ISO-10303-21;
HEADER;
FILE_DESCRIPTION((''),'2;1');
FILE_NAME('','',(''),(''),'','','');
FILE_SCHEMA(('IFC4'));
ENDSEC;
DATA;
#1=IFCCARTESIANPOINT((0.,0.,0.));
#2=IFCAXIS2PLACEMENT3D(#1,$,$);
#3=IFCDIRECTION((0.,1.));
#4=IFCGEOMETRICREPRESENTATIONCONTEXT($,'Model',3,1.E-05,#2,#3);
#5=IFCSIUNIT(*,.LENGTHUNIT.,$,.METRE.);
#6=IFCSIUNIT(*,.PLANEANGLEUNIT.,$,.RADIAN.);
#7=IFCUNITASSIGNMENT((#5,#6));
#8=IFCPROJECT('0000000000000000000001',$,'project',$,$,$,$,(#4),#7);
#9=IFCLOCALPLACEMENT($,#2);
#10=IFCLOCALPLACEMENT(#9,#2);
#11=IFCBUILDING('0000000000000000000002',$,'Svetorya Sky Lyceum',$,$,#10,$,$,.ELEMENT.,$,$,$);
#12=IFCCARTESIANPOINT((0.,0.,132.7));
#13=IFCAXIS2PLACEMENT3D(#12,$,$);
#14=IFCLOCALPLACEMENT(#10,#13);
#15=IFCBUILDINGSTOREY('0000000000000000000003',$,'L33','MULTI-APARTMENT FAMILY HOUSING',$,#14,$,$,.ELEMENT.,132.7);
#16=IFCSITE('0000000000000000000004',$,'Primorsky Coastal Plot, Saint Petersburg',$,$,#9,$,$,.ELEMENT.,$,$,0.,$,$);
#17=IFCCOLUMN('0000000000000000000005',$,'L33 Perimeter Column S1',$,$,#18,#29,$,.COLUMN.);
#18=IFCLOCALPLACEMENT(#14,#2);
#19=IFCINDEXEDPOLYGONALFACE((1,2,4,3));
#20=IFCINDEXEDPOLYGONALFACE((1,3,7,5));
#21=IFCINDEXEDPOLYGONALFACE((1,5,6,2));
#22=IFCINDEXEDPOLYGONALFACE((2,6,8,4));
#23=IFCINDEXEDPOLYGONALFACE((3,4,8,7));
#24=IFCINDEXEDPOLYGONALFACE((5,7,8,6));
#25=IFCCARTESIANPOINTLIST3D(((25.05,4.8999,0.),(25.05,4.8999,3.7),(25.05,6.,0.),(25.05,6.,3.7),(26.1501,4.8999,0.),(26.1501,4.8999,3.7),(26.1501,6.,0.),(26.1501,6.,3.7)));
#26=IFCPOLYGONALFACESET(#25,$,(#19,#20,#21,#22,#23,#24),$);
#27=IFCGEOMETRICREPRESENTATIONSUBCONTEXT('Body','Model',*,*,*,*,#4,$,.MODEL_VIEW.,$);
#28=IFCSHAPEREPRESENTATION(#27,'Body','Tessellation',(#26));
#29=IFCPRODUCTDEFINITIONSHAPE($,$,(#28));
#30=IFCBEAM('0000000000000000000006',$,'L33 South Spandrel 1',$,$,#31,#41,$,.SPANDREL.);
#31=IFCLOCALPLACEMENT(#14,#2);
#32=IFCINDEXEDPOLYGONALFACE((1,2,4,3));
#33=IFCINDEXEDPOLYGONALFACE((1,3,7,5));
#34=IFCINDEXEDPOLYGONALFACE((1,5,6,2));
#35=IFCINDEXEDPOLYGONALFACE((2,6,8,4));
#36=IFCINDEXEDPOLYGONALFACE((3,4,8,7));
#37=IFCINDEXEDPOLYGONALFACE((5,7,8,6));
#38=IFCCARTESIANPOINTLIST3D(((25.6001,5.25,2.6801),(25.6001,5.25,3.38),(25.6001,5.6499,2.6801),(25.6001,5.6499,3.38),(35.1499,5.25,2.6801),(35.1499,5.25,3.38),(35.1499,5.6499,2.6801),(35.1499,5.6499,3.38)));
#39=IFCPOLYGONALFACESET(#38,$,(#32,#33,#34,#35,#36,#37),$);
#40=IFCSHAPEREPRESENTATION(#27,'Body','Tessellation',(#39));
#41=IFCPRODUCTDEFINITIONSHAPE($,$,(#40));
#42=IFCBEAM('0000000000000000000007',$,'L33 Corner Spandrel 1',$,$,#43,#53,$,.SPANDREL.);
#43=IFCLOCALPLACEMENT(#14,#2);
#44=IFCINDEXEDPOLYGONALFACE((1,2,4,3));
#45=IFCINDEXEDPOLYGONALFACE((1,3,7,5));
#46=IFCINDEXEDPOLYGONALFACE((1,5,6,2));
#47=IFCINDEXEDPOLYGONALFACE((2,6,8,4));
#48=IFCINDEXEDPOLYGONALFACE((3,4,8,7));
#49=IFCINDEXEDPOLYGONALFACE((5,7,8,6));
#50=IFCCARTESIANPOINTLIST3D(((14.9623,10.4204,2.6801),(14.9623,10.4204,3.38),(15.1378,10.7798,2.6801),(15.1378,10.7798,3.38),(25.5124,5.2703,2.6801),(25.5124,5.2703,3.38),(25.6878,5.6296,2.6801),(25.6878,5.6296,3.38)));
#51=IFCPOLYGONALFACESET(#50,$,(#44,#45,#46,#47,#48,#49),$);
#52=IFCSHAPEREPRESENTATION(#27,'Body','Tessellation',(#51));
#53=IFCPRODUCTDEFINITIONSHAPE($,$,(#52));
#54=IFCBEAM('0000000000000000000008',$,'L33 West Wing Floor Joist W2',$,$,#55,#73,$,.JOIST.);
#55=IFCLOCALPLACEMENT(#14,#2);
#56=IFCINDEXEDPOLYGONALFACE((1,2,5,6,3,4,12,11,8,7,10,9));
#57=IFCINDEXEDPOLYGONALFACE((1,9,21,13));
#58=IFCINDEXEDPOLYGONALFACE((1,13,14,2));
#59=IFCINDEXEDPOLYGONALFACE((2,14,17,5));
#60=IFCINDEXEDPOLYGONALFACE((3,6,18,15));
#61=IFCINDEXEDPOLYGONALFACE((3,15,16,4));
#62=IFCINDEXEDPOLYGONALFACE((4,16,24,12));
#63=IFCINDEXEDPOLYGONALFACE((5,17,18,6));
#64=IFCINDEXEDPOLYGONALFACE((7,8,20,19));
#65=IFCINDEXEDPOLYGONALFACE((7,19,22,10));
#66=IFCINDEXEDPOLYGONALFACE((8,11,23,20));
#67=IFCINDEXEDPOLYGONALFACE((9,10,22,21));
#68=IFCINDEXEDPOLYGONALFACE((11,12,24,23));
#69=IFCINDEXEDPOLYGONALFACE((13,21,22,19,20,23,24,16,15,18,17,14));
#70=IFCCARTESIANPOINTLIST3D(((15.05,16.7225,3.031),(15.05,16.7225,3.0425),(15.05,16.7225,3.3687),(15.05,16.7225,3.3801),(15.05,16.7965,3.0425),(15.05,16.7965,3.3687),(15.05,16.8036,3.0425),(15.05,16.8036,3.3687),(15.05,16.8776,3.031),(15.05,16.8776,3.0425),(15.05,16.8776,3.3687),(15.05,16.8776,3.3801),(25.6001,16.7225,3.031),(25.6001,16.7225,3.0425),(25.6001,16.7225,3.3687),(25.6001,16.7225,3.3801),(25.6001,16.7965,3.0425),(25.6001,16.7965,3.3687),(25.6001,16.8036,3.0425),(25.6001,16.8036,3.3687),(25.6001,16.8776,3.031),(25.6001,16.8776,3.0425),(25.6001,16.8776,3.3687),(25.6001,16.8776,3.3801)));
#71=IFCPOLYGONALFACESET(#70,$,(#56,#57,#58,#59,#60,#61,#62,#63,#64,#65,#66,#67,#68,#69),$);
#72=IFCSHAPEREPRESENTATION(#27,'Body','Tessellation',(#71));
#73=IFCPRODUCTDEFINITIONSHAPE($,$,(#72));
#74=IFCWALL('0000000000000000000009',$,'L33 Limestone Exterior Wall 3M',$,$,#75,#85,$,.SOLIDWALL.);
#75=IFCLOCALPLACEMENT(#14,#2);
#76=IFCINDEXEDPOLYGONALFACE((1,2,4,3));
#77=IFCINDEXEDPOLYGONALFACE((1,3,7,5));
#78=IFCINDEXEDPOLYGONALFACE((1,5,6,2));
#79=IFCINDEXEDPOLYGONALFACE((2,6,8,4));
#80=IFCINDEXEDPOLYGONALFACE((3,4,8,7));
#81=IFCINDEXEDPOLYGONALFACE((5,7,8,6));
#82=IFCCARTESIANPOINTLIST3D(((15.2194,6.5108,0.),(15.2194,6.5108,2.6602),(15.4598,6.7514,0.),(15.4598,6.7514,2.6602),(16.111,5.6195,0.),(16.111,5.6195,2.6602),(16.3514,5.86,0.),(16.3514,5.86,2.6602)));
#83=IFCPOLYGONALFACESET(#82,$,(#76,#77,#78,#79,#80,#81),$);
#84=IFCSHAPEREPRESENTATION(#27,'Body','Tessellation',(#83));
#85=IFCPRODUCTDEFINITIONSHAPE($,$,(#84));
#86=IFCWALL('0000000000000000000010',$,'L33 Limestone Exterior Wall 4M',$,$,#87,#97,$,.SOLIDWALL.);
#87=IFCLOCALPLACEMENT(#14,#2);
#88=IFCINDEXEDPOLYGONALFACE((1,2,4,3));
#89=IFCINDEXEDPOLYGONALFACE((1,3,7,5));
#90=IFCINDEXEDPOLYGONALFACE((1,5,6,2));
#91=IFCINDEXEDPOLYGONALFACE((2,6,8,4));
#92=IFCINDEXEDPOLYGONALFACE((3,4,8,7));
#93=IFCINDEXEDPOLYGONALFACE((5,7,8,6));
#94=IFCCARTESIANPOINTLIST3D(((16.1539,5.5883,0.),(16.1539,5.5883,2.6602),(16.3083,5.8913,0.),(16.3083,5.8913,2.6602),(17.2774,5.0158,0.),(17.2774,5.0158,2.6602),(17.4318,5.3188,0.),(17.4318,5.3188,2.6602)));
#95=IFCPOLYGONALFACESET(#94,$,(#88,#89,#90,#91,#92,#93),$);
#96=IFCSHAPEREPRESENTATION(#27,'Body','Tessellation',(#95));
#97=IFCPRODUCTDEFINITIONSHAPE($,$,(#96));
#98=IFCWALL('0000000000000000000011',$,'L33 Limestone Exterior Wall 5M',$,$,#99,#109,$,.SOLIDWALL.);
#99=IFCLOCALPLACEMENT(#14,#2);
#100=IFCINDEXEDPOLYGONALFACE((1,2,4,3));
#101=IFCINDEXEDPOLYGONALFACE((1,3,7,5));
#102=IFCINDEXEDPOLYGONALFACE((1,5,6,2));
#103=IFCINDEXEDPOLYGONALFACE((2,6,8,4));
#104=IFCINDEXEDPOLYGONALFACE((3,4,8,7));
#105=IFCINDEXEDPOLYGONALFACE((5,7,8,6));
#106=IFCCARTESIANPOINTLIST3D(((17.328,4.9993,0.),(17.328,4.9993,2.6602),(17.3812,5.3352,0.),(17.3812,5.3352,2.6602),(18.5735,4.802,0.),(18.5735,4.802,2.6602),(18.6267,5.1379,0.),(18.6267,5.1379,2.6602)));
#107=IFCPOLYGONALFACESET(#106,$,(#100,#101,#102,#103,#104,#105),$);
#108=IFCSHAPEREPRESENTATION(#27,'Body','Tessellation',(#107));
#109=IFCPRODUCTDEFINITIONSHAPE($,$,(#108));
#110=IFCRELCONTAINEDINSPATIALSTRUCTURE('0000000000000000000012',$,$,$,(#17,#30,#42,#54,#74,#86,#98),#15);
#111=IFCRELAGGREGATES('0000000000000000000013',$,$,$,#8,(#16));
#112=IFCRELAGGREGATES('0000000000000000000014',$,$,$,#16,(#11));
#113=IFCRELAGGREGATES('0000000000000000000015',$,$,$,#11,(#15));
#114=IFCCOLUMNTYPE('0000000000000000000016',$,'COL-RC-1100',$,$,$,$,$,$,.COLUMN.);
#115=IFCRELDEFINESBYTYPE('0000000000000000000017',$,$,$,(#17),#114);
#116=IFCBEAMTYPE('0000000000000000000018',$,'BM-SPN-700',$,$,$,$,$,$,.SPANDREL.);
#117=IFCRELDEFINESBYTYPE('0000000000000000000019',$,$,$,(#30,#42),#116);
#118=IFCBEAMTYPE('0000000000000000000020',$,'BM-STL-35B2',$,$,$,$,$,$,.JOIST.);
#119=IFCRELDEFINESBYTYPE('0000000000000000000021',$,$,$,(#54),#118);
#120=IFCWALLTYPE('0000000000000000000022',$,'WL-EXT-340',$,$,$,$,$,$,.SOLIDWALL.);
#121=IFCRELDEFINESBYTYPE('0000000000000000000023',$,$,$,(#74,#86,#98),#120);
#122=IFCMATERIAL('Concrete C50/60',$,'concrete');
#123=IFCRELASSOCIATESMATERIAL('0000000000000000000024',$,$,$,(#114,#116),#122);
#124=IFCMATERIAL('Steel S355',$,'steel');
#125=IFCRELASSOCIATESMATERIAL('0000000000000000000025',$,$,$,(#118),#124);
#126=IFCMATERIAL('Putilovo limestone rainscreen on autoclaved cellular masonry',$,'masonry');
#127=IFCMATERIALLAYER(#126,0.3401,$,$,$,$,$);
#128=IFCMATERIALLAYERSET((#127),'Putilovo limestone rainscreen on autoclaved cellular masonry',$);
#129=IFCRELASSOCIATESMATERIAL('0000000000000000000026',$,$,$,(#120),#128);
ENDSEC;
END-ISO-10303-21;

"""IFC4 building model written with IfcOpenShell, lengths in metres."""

from ifc_helpers import new_model, si_unit, direction, frame, frame_2d, origin, origin_2d, place, context, subcontext, project, spatial, rectangle, i_section, extrude, material, layer, layer_set, material_profile, profile_set, type_object, element, save


model = new_model("IFC4")

# Units and contexts
model_context = context("Model", 3, precision=1e-05, world=origin(), true_north=direction((0.0, 1.0)))
body_context = subcontext(model_context, "Body", "Model", "MODEL_VIEW")
ifc_project = project(units=[si_unit("LENGTHUNIT", "METRE"), si_unit("PLANEANGLEUNIT", "RADIAN")], contexts=[model_context])

# Site, building, storey
site_placement = place(None, origin())
site = spatial("IfcSite", under=ifc_project, at=site_placement, Name="Primorsky Coastal Plot, Saint Petersburg", CompositionType="ELEMENT", RefElevation=0.0)
building_placement = place(site_placement, origin())
building = spatial("IfcBuilding", under=site, at=building_placement, Name="Svetorya Sky Lyceum", CompositionType="ELEMENT")
storey_placement = place(building_placement, frame((0.0, 0.0, 132.7)))
storey = spatial("IfcBuildingStorey", under=building, at=storey_placement, Name="L33", Description="MULTI-APARTMENT FAMILY HOUSING", CompositionType="ELEMENT", Elevation=132.7)

# Column
ifc_material_1 = material(Name="Concrete C50/60", Category="concrete")
ifc_material_profile_1 = material_profile(ifc_material_1, rectangle(XDim=1.1001, YDim=1.1001, at=origin_2d()), Name="RC COL 1100x1100")
ifc_profile_set_1 = profile_set([ifc_material_profile_1], Name="Concrete C50/60")
column_type = type_object("IfcColumnType", Name="COL-RC-1100", PredefinedType="COLUMN", material=ifc_profile_set_1)
column_placement = place(storey_placement, frame((25.6001, 5.45, 0.0), z_axis=(0.0, 0.0, 1.0), x_axis=(1.0, 0.0, 0.0)))
element("IfcColumn", 1, at=column_placement, inside=storey, type_object=column_type, Name="L33 Perimeter Column S1", PredefinedType="COLUMN", context=body_context, shape_type="SweptSolid", body=[
    extrude(rectangle(XDim=1.1001, YDim=1.1001, at=origin_2d()), origin(), (0.0, 0.0, 1.0), 3.7),
])

# Beams
ifc_material_profile_2 = material_profile(ifc_material_1, rectangle(XDim=0.3999, YDim=0.7, at=origin_2d()), Name="RC SPANDREL 400x700")
ifc_profile_set_2 = profile_set([ifc_material_profile_2], Name="Concrete C50/60")
beam_type_1 = type_object("IfcBeamType", Name="BM-SPN-700", PredefinedType="SPANDREL", material=ifc_profile_set_2)
beam_1_placement = place(storey_placement, frame((25.6001, 5.45, 3.03), z_axis=(1.0, 0.0, 0.0), x_axis=(0.0, 1.0, 0.0)))
element("IfcBeam", 2, at=beam_1_placement, inside=storey, type_object=beam_type_1, Name="L33 South Spandrel 1", PredefinedType="SPANDREL", context=body_context, shape_type="SweptSolid", body=[
    extrude(rectangle(XDim=0.3999, YDim=0.7, at=origin_2d()), origin(), (0.0, 0.0, 1.0), 9.5498),
])
beam_2_placement = place(storey_placement, frame((25.6001, 5.45, 3.03), z_axis=(-0.898641, 0.438684, 0.0), x_axis=(-0.438684, -0.898641, 0.0)))
element("IfcBeam", 3, at=beam_2_placement, inside=storey, type_object=beam_type_1, Name="L33 Corner Spandrel 1", PredefinedType="SPANDREL", context=body_context, shape_type="SweptSolid", body=[
    extrude(rectangle(XDim=0.3999, YDim=0.7, at=origin_2d()), origin(), (0.0, 0.0, 1.0), 11.74),
])
ifc_material_2 = material(Name="Steel S355", Category="steel")
ifc_material_profile_3 = material_profile(ifc_material_2, i_section(OverallWidth=0.155, OverallDepth=0.3491, WebThickness=0.0071, FlangeThickness=0.0115, at=origin_2d()), Name="GOST 35B2")
ifc_profile_set_3 = profile_set([ifc_material_profile_3], Name="Steel S355")
beam_type_2 = type_object("IfcBeamType", Name="BM-STL-35B2", PredefinedType="JOIST", material=ifc_profile_set_3)
beam_3_placement = place(storey_placement, frame((15.05, 16.8, 3.2056), z_axis=(1.0, 0.0, 0.0), x_axis=(0.0, 1.0, 0.0)))
element("IfcBeam", 4, at=beam_3_placement, inside=storey, type_object=beam_type_2, Name="L33 West Wing Floor Joist W2", PredefinedType="JOIST", context=body_context, shape_type="SweptSolid", body=[
    extrude(i_section(OverallWidth=0.155, OverallDepth=0.3491, WebThickness=0.0071, FlangeThickness=0.0115, at=origin_2d()), origin(), (0.0, 0.0, 1.0), 10.55),
])

# Walls
ifc_material_3 = material(Name="Putilovo limestone rainscreen on autoclaved cellular masonry", Category="masonry")
ifc_layer_1 = layer(ifc_material_3, 0.3401)
ifc_layer_set_1 = layer_set([ifc_layer_1], Name="Putilovo limestone rainscreen on autoclaved cellular masonry")
wall_type_1 = type_object("IfcWallType", Name="WL-EXT-340", PredefinedType="SOLIDWALL", material=ifc_layer_set_1)
wall_1_placement = place(storey_placement, frame((15.3396, 6.6311, 0.0), z_axis=(0.0, 0.0, 1.0), x_axis=(0.707204, -0.70701, 0.0)))
element("IfcWall", 5, at=wall_1_placement, inside=storey, type_object=wall_type_1, Name="L33 Limestone Exterior Wall 3M", PredefinedType="SOLIDWALL", context=body_context, shape_type="SweptSolid", body=[
    extrude(rectangle(XDim=1.2607, YDim=0.3401, at=frame_2d((0.6304, 0.0))), origin(), (0.0, 0.0, 1.0), 2.6602),
])
for number, where, z_axis, x_axis, name in (
    (6, (16.2312, 5.7397, 0.0), (0.0, 0.0, 1.0), (0.890994, -0.454016, 0.0), "L33 Limestone Exterior Wall 4M"),
    (7, (17.3547, 5.1672, 0.0), (0.0, 0.0, 1.0), (0.987686, -0.15645, 0.0), "L33 Limestone Exterior Wall 5M"),
):
    element("IfcWall", number, at=place(storey_placement, frame(where, z_axis=z_axis, x_axis=x_axis)), inside=storey, type_object=wall_type_1, Name=name, PredefinedType="SOLIDWALL", context=body_context, shape_type="SweptSolid", body=[
        extrude(rectangle(XDim=1.261, YDim=0.3401, at=frame_2d((0.6304, 0.0))), origin(), (0.0, 0.0, 1.0), 2.6602),
    ])

save(model, "model.ifc")
